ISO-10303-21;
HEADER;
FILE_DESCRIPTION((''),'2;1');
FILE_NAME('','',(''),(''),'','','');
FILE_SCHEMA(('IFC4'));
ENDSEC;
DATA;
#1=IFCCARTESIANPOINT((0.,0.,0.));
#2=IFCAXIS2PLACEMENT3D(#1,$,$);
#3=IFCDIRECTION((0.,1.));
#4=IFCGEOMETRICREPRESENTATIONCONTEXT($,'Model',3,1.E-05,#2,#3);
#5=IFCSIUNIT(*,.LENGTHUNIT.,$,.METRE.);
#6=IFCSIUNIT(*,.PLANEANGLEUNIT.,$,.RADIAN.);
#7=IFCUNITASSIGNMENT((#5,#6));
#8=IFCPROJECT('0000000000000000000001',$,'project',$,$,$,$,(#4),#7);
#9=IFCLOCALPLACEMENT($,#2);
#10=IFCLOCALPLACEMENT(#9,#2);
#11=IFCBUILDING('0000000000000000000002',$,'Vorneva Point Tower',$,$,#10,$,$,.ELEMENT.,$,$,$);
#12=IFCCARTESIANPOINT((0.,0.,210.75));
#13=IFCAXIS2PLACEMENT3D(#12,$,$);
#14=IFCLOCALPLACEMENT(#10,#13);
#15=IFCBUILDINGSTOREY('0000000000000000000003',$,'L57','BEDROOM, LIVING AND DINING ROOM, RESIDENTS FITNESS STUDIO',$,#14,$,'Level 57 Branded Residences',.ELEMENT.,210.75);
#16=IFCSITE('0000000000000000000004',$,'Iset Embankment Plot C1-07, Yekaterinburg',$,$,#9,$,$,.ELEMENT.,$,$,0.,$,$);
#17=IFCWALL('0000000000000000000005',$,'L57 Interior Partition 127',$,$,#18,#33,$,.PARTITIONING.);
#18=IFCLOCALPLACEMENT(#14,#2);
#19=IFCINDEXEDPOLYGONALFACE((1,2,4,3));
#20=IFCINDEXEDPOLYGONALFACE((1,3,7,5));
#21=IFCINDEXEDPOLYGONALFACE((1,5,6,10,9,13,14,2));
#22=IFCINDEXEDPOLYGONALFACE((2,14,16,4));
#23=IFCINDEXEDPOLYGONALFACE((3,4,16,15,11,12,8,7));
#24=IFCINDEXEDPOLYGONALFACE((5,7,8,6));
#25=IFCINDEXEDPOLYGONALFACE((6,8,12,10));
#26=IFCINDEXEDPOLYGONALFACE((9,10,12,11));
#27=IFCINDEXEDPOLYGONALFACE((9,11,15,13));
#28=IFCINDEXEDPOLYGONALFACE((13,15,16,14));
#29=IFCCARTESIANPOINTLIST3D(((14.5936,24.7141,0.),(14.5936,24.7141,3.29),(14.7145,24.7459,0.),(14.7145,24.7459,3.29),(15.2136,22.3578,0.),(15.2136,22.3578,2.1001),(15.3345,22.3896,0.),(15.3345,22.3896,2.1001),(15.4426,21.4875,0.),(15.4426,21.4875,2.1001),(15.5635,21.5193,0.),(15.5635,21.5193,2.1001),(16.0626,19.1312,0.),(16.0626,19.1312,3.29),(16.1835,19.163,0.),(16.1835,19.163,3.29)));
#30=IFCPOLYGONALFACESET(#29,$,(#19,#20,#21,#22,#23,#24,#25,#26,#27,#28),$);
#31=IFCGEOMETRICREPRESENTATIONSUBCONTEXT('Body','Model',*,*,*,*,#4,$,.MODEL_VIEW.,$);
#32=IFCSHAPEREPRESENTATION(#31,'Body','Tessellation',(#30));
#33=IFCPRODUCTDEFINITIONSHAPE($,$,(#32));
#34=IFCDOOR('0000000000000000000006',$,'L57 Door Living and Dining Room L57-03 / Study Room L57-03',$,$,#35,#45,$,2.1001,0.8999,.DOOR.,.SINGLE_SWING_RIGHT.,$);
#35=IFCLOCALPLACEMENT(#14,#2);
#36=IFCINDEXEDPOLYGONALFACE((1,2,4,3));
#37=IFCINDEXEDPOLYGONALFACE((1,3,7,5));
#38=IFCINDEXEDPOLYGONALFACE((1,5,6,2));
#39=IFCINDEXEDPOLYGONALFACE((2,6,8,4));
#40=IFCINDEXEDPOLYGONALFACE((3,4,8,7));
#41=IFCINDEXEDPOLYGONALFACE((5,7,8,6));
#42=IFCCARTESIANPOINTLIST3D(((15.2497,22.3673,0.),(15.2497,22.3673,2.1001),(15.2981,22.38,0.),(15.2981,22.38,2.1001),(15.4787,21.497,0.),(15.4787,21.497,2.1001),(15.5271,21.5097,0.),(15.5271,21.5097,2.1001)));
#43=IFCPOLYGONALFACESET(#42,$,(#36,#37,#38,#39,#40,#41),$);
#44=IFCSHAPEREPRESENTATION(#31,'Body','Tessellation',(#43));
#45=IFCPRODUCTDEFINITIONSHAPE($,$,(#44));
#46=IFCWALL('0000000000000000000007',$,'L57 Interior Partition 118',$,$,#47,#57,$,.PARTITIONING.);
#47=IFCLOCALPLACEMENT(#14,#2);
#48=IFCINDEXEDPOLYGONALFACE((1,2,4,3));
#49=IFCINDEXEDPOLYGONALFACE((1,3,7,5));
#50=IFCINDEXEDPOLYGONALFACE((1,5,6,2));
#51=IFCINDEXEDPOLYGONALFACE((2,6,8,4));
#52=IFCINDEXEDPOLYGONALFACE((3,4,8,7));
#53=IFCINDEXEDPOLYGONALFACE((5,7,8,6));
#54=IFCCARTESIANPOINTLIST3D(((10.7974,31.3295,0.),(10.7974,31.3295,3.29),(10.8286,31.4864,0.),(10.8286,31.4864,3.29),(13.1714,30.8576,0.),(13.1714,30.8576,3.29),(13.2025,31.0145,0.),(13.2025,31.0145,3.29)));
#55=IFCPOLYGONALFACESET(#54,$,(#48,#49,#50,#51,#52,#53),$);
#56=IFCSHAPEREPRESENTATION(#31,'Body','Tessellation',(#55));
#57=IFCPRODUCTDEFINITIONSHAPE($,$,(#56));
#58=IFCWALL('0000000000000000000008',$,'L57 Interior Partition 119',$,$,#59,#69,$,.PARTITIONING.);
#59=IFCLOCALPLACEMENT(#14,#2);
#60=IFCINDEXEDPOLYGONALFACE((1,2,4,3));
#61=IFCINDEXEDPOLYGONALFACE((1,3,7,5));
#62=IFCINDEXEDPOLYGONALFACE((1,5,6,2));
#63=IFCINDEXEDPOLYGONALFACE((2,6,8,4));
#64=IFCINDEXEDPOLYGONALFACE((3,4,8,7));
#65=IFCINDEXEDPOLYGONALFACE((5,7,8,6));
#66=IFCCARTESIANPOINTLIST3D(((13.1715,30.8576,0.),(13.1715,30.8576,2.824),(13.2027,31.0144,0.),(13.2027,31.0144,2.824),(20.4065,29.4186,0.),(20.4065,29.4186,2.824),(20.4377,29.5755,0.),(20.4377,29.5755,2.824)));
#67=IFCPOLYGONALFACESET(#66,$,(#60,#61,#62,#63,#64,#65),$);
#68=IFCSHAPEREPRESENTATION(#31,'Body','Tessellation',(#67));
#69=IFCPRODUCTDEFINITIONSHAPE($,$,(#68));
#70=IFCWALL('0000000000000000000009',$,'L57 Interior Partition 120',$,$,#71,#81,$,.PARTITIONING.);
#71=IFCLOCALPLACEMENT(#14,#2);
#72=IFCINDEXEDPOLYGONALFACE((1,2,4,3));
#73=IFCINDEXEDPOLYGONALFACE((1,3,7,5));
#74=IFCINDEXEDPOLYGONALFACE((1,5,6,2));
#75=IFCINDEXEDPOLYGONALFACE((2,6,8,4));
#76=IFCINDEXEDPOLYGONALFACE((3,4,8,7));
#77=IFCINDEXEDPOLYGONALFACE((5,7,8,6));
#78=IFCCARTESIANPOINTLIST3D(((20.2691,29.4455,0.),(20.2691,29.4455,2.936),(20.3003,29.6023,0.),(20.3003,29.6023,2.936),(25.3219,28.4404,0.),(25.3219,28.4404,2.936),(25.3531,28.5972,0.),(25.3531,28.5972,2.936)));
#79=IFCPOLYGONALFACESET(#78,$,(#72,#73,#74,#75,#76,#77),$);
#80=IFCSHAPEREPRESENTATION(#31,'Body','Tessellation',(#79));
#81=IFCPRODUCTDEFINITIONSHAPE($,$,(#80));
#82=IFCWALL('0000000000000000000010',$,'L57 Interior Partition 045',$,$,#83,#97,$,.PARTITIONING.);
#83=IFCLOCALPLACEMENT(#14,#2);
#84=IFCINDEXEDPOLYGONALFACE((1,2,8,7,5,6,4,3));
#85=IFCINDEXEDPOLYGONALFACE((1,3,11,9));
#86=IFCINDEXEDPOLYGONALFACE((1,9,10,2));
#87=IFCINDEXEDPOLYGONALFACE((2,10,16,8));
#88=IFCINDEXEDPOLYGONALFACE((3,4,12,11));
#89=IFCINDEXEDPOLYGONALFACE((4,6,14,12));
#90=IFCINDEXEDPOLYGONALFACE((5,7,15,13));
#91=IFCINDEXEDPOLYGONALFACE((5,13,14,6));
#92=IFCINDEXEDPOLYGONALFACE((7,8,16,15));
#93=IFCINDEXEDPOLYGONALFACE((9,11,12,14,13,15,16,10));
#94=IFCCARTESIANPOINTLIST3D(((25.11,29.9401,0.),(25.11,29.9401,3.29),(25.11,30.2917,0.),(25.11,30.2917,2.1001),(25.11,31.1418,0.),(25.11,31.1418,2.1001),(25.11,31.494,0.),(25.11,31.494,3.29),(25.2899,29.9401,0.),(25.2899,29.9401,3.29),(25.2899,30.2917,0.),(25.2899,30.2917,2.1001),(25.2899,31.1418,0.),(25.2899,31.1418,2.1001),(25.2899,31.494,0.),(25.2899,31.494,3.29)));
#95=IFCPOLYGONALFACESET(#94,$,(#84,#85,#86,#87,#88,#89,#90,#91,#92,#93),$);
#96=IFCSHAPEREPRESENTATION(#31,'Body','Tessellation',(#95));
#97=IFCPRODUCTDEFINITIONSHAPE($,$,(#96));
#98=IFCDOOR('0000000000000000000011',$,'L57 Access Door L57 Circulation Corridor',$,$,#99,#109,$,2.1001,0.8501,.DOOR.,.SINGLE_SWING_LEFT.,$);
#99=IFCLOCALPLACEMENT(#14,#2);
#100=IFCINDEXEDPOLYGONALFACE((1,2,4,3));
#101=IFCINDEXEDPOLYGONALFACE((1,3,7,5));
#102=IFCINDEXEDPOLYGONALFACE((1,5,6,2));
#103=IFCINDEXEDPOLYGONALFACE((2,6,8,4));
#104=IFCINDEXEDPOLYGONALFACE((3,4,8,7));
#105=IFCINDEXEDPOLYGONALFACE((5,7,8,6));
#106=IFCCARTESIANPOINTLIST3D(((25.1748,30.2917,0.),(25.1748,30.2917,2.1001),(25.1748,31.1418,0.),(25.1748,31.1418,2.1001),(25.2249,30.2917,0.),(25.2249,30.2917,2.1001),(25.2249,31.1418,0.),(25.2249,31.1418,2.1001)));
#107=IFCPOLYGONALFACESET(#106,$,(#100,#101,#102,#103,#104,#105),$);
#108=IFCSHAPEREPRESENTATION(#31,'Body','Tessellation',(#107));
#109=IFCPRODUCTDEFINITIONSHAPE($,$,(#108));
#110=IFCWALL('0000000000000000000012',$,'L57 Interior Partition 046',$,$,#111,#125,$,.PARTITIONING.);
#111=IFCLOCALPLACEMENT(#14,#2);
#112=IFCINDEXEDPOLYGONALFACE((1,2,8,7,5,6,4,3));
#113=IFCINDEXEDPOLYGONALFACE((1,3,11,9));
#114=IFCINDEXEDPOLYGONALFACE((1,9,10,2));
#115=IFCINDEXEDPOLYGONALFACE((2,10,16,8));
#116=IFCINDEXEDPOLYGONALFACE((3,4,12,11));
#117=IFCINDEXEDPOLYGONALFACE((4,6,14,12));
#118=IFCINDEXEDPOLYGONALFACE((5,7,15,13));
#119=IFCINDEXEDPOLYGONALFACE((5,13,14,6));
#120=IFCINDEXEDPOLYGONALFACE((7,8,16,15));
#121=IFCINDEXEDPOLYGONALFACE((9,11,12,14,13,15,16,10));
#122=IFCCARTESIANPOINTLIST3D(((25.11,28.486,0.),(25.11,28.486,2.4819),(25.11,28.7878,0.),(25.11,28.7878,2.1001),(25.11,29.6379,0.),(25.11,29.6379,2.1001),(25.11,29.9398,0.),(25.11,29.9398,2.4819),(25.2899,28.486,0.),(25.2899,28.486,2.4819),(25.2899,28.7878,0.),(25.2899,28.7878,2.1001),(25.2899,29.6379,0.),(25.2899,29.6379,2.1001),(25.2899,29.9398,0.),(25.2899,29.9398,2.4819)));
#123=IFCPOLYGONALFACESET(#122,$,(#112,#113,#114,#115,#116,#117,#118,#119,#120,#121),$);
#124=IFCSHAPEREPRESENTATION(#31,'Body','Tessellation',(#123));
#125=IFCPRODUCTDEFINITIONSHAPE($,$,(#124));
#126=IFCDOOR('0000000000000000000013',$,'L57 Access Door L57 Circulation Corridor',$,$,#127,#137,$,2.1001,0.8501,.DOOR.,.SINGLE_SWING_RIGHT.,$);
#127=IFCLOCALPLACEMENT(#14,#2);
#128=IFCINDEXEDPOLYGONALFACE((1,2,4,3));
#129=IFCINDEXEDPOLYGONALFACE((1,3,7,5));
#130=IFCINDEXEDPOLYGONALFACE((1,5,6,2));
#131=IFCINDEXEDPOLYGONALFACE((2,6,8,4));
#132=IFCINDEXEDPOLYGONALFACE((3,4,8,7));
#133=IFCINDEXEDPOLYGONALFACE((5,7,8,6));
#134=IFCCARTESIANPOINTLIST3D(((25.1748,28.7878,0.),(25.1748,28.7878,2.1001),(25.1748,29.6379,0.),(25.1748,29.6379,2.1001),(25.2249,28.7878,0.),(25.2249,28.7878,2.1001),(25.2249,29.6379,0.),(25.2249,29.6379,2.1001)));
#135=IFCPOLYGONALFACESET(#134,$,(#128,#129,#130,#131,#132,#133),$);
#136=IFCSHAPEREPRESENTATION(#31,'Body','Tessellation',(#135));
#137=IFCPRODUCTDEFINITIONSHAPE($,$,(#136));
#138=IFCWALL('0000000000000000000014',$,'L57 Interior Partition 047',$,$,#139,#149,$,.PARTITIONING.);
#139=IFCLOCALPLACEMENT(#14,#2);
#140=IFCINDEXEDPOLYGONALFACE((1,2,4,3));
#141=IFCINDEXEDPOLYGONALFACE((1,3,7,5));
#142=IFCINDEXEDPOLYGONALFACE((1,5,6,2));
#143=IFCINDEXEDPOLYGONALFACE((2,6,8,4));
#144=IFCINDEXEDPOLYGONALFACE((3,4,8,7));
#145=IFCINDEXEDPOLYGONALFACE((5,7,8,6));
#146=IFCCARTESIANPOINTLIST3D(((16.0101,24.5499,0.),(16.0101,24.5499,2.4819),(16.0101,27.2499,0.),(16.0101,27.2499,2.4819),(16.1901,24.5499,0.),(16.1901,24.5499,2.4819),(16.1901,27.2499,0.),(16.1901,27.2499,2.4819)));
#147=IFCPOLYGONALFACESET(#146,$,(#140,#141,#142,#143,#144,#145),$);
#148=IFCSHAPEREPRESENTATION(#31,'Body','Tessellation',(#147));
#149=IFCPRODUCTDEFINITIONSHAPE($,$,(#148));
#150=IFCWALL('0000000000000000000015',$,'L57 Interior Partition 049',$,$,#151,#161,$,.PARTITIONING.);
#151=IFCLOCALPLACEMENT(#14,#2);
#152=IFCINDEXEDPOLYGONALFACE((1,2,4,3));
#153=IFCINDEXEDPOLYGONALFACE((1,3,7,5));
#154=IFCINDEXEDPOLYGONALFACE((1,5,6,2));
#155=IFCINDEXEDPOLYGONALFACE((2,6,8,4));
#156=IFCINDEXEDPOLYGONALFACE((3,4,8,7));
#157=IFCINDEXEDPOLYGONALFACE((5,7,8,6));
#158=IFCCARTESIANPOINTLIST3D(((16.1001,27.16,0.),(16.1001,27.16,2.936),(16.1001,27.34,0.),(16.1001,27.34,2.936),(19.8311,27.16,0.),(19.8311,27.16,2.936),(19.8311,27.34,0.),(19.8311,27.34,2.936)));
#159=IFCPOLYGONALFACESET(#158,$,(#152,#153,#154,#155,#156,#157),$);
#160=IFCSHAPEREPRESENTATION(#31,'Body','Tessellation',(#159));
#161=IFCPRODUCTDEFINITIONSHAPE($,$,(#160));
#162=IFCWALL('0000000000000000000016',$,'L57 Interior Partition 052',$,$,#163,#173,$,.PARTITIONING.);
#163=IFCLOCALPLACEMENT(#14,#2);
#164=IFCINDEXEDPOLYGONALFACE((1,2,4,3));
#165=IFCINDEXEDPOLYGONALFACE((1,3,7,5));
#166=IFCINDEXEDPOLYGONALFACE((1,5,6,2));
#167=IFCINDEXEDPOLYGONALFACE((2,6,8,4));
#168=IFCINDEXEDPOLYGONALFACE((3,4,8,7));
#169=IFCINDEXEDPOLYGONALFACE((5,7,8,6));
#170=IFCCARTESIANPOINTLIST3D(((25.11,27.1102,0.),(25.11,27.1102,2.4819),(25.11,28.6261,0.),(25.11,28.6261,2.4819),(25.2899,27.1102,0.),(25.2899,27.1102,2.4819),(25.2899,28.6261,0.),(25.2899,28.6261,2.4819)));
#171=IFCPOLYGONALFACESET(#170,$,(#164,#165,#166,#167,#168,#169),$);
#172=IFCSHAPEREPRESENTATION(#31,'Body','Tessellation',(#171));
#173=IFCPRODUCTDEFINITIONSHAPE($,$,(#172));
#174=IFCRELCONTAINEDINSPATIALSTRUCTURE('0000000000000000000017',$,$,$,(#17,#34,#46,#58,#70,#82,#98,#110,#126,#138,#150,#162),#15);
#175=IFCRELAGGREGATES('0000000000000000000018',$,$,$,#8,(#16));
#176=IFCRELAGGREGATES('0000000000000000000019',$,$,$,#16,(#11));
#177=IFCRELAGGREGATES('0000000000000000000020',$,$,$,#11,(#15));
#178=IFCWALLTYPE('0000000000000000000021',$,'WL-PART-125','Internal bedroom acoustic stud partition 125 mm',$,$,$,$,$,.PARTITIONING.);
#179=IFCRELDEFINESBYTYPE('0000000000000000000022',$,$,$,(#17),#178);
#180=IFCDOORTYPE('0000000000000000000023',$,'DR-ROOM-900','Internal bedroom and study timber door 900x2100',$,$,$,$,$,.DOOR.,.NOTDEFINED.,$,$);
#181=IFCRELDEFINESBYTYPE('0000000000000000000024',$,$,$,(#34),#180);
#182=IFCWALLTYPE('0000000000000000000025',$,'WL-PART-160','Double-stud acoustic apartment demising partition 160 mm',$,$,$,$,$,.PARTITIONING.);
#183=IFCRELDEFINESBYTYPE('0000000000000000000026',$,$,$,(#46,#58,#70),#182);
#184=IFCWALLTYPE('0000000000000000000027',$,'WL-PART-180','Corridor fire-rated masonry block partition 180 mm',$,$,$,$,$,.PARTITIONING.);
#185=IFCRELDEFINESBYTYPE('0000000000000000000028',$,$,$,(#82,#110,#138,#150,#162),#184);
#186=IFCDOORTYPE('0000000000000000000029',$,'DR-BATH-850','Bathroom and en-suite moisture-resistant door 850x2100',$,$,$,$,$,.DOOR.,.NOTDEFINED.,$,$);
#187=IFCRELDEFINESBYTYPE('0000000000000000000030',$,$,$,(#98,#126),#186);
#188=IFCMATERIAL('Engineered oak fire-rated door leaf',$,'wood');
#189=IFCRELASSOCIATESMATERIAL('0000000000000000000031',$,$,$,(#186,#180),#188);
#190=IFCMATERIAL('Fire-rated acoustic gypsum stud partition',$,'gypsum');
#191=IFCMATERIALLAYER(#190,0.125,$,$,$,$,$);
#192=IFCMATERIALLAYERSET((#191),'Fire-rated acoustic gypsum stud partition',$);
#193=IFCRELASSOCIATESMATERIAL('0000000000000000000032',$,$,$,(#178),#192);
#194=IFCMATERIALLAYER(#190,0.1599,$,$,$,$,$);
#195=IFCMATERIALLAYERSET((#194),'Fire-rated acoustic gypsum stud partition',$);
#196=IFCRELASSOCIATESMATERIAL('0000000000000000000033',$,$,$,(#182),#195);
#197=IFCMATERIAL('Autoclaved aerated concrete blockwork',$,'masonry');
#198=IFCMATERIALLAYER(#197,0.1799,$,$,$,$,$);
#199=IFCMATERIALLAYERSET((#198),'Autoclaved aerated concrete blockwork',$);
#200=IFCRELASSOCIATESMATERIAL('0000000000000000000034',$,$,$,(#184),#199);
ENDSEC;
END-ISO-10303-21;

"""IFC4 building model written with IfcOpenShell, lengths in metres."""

from ifc_helpers import new_model, si_unit, direction, frame, frame_2d, origin, place, context, subcontext, project, spatial, rectangle, extrude, material, layer, layer_set, type_object, element, fill, save


model = new_model("IFC4")

# Units and contexts
model_context = context("Model", 3, precision=1e-05, world=origin(), true_north=direction((0.0, 1.0)))
body_context = subcontext(model_context, "Body", "Model", "MODEL_VIEW")
ifc_project = project(units=[si_unit("LENGTHUNIT", "METRE"), si_unit("PLANEANGLEUNIT", "RADIAN")], contexts=[model_context])

# Site, building, storey
site_placement = place(None, origin())
site = spatial("IfcSite", under=ifc_project, at=site_placement, Name="Iset Embankment Plot C1-07, Yekaterinburg", CompositionType="ELEMENT", RefElevation=0.0)
building_placement = place(site_placement, origin())
building = spatial("IfcBuilding", under=site, at=building_placement, Name="Vorneva Point Tower", CompositionType="ELEMENT")
storey_placement = place(building_placement, frame((0.0, 0.0, 210.75)))
storey = spatial("IfcBuildingStorey", under=building, at=storey_placement, Name="L57", Description="BEDROOM, LIVING AND DINING ROOM, RESIDENTS FITNESS STUDIO", LongName="Level 57 Branded Residences", CompositionType="ELEMENT", Elevation=210.75)

# Shared definitions
ifc_material_1 = material(Name="Fire-rated acoustic gypsum stud partition", Category="gypsum")
ifc_material_2 = material(Name="Engineered oak fire-rated door leaf", Category="wood")
door_type_1 = type_object("IfcDoorType", Name="DR-BATH-850", Description="Bathroom and en-suite moisture-resistant door 850x2100", OperationType="NOTDEFINED", PredefinedType="DOOR", material=ifc_material_2)

# Shared definitions
ifc_layer_1 = layer(ifc_material_1, 0.125)
ifc_layer_set_1 = layer_set([ifc_layer_1], Name="Fire-rated acoustic gypsum stud partition")
wall_type_1 = type_object("IfcWallType", Name="WL-PART-125", Description="Internal bedroom acoustic stud partition 125 mm", PredefinedType="PARTITIONING", material=ifc_layer_set_1)

# Wall, opening, door
wall_1_placement = place(storey_placement, frame((14.6541, 24.73, 0.0), z_axis=(0.0, 0.0, 1.0), x_axis=(0.254458, -0.967084, 0.0)))
wall_1 = element("IfcWall", 1, at=wall_1_placement, inside=storey, type_object=wall_type_1, Name="L57 Interior Partition 127", PredefinedType="PARTITIONING", context=body_context, shape_type="SweptSolid", body=[
    extrude(rectangle(XDim=5.7729, YDim=0.125, at=frame_2d((2.8865, 0.0))), origin(), (0.0, 0.0, 1.0), 3.29),
])
opening_1_placement = place(wall_1_placement, frame((2.4365, 0.0, 0.0)))
opening_1 = element("IfcOpeningElement", 2, at=opening_1_placement, cuts=wall_1, PredefinedType="OPENING", context=body_context, shape_type="SweptSolid", body=[
    extrude(rectangle(XDim=0.8999, YDim=2.1001, at=frame_2d((0.45, 1.05))), frame((0.0, 0.0774, 0.0), z_axis=(0.0, -1.0, 0.0), x_axis=(1.0, 0.0, 0.0)), (0.0, 0.0, 1.0), 0.1548),
])
door_type_2 = type_object("IfcDoorType", Name="DR-ROOM-900", Description="Internal bedroom and study timber door 900x2100", OperationType="NOTDEFINED", PredefinedType="DOOR", material=ifc_material_2)
door_1_placement = place(opening_1_placement, origin())
door_1 = element("IfcDoor", 3, at=door_1_placement, inside=storey, type_object=door_type_2, Name="L57 Door Living and Dining Room L57-03 / Study Room L57-03", OperationType="SINGLE_SWING_RIGHT", OverallHeight=2.1001, OverallWidth=0.8999, PredefinedType="DOOR", context=body_context, shape_type="SweptSolid", body=[
    extrude(rectangle(XDim=0.8999, YDim=2.1001, at=frame_2d((0.45, 1.05))), frame((0.0, 0.0249, 0.0), z_axis=(0.0, -1.0, 0.0), x_axis=(1.0, 0.0, 0.0)), (0.0, 0.0, 1.0), 0.05),
])
fill(opening_1, door_1)

# Walls
ifc_layer_2 = layer(ifc_material_1, 0.1599)
ifc_layer_set_2 = layer_set([ifc_layer_2], Name="Fire-rated acoustic gypsum stud partition")
wall_type_2 = type_object("IfcWallType", Name="WL-PART-160", Description="Double-stud acoustic apartment demising partition 160 mm", PredefinedType="PARTITIONING", material=ifc_layer_set_2)
wall_2_placement = place(storey_placement, frame((10.813, 31.408, 0.0), z_axis=(0.0, 0.0, 1.0), x_axis=(0.980809, -0.194972, 0.0)))
element("IfcWall", 4, at=wall_2_placement, inside=storey, type_object=wall_type_2, Name="L57 Interior Partition 118", PredefinedType="PARTITIONING", context=body_context, shape_type="SweptSolid", body=[
    extrude(rectangle(XDim=2.4204, YDim=0.1599, at=frame_2d((1.2102, 0.0))), origin(), (0.0, 0.0, 1.0), 3.29),
])
wall_3_placement = place(storey_placement, frame((13.187, 30.936, 0.0), z_axis=(0.0, 0.0, 1.0), x_axis=(0.98079, -0.195066, 0.0)))
element("IfcWall", 5, at=wall_3_placement, inside=storey, type_object=wall_type_2, Name="L57 Interior Partition 119", PredefinedType="PARTITIONING", context=body_context, shape_type="SweptSolid", body=[
    extrude(rectangle(XDim=7.3767, YDim=0.1599, at=frame_2d((3.6885, 0.0))), origin(), (0.0, 0.0, 1.0), 2.824),
])
wall_4_placement = place(storey_placement, frame((20.2847, 29.5239, 0.0), z_axis=(0.0, 0.0, 1.0), x_axis=(0.980782, -0.195104, 0.0)))
element("IfcWall", 6, at=wall_4_placement, inside=storey, type_object=wall_type_2, Name="L57 Interior Partition 120", PredefinedType="PARTITIONING", context=body_context, shape_type="SweptSolid", body=[
    extrude(rectangle(XDim=5.1519, YDim=0.1599, at=frame_2d((2.5759, 0.0))), origin(), (0.0, 0.0, 1.0), 2.936),
])

# Walls, openings, doors
ifc_material_3 = material(Name="Autoclaved aerated concrete blockwork", Category="masonry")
ifc_layer_3 = layer(ifc_material_3, 0.1799)
ifc_layer_set_3 = layer_set([ifc_layer_3], Name="Autoclaved aerated concrete blockwork")
wall_type_3 = type_object("IfcWallType", Name="WL-PART-180", Description="Corridor fire-rated masonry block partition 180 mm", PredefinedType="PARTITIONING", material=ifc_layer_set_3)
wall_5_placement = place(storey_placement, frame((25.2, 31.4939, 0.0), z_axis=(0.0, 0.0, 1.0), x_axis=(0.0, -1.0, 0.0)))
wall_5 = element("IfcWall", 7, at=wall_5_placement, inside=storey, type_object=wall_type_3, Name="L57 Interior Partition 045", PredefinedType="PARTITIONING", context=body_context, shape_type="SweptSolid", body=[
    extrude(rectangle(XDim=1.554, YDim=0.1799, at=frame_2d((0.7769, 0.0))), origin(), (0.0, 0.0, 1.0), 3.29),
])
opening_2_placement = place(wall_5_placement, frame((0.3521, 0.0, 0.0)))
opening_2 = element("IfcOpeningElement", 8, at=opening_2_placement, cuts=wall_5, PredefinedType="OPENING", context=body_context, shape_type="SweptSolid", body=[
    extrude(rectangle(XDim=0.8501, YDim=2.1001, at=frame_2d((0.425, 1.05))), frame((0.0, 0.105, 0.0), z_axis=(0.0, -1.0, 0.0), x_axis=(1.0, 0.0, 0.0)), (0.0, 0.0, 1.0), 0.2097),
])
door_2_placement = place(opening_2_placement, origin())
door_2 = element("IfcDoor", 9, at=door_2_placement, inside=storey, type_object=door_type_1, Name="L57 Access Door L57 Circulation Corridor", OperationType="SINGLE_SWING_LEFT", OverallHeight=2.1001, OverallWidth=0.8501, PredefinedType="DOOR", context=body_context, shape_type="SweptSolid", body=[
    extrude(rectangle(XDim=0.8501, YDim=2.1001, at=frame_2d((0.425, 1.05))), frame((0.0, 0.0249, 0.0), z_axis=(0.0, -1.0, 0.0), x_axis=(1.0, 0.0, 0.0)), (0.0, 0.0, 1.0), 0.05),
])
fill(opening_2, door_2)
wall_6_placement = place(storey_placement, frame((25.2, 29.9399, 0.0), z_axis=(0.0, 0.0, 1.0), x_axis=(0.0, -1.0, 0.0)))
wall_6 = element("IfcWall", 10, at=wall_6_placement, inside=storey, type_object=wall_type_3, Name="L57 Interior Partition 046", PredefinedType="PARTITIONING", context=body_context, shape_type="SweptSolid", body=[
    extrude(rectangle(XDim=1.4539, YDim=0.1799, at=frame_2d((0.7271, 0.0))), origin(), (0.0, 0.0, 1.0), 2.4819),
])
opening_3_placement = place(wall_6_placement, frame((0.302, 0.0, 0.0)))
opening_3 = element("IfcOpeningElement", 11, at=opening_3_placement, cuts=wall_6, PredefinedType="OPENING", context=body_context, shape_type="SweptSolid", body=[
    extrude(rectangle(XDim=0.8501, YDim=2.1001, at=frame_2d((0.425, 1.05))), frame((0.0, 0.105, 0.0), z_axis=(0.0, -1.0, 0.0), x_axis=(1.0, 0.0, 0.0)), (0.0, 0.0, 1.0), 0.2097),
])
door_3_placement = place(opening_3_placement, origin())
door_3 = element("IfcDoor", 12, at=door_3_placement, inside=storey, type_object=door_type_1, Name="L57 Access Door L57 Circulation Corridor", OperationType="SINGLE_SWING_RIGHT", OverallHeight=2.1001, OverallWidth=0.8501, PredefinedType="DOOR", context=body_context, shape_type="SweptSolid", body=[
    extrude(rectangle(XDim=0.8501, YDim=2.1001, at=frame_2d((0.425, 1.05))), frame((0.0, 0.0249, 0.0), z_axis=(0.0, -1.0, 0.0), x_axis=(1.0, 0.0, 0.0)), (0.0, 0.0, 1.0), 0.05),
])
fill(opening_3, door_3)

# Walls
wall_7_placement = place(storey_placement, frame((16.1001, 27.25, 0.0), z_axis=(0.0, 0.0, 1.0), x_axis=(0.0, -1.0, 0.0)))
element("IfcWall", 13, at=wall_7_placement, inside=storey, type_object=wall_type_3, Name="L57 Interior Partition 047", PredefinedType="PARTITIONING", context=body_context, shape_type="SweptSolid", body=[
    extrude(rectangle(XDim=2.7, YDim=0.1799, at=frame_2d((1.3501, 0.0))), origin(), (0.0, 0.0, 1.0), 2.4819),
])
wall_8_placement = place(storey_placement, frame((19.8311, 27.25, 0.0), z_axis=(0.0, 0.0, 1.0), x_axis=(-1.0, 0.0, 0.0)))
element("IfcWall", 14, at=wall_8_placement, inside=storey, type_object=wall_type_3, Name="L57 Interior Partition 049", PredefinedType="PARTITIONING", context=body_context, shape_type="SweptSolid", body=[
    extrude(rectangle(XDim=3.731, YDim=0.1799, at=frame_2d((1.8655, 0.0))), origin(), (0.0, 0.0, 1.0), 2.936),
])
wall_9_placement = place(storey_placement, frame((25.2, 28.626, 0.0), z_axis=(0.0, 0.0, 1.0), x_axis=(0.0, -1.0, 0.0)))
element("IfcWall", 15, at=wall_9_placement, inside=storey, type_object=wall_type_3, Name="L57 Interior Partition 052", PredefinedType="PARTITIONING", context=body_context, shape_type="SweptSolid", body=[
    extrude(rectangle(XDim=1.5159, YDim=0.1799, at=frame_2d((0.7578, 0.0))), origin(), (0.0, 0.0, 1.0), 2.4819),
])

save(model, "model.ifc")
